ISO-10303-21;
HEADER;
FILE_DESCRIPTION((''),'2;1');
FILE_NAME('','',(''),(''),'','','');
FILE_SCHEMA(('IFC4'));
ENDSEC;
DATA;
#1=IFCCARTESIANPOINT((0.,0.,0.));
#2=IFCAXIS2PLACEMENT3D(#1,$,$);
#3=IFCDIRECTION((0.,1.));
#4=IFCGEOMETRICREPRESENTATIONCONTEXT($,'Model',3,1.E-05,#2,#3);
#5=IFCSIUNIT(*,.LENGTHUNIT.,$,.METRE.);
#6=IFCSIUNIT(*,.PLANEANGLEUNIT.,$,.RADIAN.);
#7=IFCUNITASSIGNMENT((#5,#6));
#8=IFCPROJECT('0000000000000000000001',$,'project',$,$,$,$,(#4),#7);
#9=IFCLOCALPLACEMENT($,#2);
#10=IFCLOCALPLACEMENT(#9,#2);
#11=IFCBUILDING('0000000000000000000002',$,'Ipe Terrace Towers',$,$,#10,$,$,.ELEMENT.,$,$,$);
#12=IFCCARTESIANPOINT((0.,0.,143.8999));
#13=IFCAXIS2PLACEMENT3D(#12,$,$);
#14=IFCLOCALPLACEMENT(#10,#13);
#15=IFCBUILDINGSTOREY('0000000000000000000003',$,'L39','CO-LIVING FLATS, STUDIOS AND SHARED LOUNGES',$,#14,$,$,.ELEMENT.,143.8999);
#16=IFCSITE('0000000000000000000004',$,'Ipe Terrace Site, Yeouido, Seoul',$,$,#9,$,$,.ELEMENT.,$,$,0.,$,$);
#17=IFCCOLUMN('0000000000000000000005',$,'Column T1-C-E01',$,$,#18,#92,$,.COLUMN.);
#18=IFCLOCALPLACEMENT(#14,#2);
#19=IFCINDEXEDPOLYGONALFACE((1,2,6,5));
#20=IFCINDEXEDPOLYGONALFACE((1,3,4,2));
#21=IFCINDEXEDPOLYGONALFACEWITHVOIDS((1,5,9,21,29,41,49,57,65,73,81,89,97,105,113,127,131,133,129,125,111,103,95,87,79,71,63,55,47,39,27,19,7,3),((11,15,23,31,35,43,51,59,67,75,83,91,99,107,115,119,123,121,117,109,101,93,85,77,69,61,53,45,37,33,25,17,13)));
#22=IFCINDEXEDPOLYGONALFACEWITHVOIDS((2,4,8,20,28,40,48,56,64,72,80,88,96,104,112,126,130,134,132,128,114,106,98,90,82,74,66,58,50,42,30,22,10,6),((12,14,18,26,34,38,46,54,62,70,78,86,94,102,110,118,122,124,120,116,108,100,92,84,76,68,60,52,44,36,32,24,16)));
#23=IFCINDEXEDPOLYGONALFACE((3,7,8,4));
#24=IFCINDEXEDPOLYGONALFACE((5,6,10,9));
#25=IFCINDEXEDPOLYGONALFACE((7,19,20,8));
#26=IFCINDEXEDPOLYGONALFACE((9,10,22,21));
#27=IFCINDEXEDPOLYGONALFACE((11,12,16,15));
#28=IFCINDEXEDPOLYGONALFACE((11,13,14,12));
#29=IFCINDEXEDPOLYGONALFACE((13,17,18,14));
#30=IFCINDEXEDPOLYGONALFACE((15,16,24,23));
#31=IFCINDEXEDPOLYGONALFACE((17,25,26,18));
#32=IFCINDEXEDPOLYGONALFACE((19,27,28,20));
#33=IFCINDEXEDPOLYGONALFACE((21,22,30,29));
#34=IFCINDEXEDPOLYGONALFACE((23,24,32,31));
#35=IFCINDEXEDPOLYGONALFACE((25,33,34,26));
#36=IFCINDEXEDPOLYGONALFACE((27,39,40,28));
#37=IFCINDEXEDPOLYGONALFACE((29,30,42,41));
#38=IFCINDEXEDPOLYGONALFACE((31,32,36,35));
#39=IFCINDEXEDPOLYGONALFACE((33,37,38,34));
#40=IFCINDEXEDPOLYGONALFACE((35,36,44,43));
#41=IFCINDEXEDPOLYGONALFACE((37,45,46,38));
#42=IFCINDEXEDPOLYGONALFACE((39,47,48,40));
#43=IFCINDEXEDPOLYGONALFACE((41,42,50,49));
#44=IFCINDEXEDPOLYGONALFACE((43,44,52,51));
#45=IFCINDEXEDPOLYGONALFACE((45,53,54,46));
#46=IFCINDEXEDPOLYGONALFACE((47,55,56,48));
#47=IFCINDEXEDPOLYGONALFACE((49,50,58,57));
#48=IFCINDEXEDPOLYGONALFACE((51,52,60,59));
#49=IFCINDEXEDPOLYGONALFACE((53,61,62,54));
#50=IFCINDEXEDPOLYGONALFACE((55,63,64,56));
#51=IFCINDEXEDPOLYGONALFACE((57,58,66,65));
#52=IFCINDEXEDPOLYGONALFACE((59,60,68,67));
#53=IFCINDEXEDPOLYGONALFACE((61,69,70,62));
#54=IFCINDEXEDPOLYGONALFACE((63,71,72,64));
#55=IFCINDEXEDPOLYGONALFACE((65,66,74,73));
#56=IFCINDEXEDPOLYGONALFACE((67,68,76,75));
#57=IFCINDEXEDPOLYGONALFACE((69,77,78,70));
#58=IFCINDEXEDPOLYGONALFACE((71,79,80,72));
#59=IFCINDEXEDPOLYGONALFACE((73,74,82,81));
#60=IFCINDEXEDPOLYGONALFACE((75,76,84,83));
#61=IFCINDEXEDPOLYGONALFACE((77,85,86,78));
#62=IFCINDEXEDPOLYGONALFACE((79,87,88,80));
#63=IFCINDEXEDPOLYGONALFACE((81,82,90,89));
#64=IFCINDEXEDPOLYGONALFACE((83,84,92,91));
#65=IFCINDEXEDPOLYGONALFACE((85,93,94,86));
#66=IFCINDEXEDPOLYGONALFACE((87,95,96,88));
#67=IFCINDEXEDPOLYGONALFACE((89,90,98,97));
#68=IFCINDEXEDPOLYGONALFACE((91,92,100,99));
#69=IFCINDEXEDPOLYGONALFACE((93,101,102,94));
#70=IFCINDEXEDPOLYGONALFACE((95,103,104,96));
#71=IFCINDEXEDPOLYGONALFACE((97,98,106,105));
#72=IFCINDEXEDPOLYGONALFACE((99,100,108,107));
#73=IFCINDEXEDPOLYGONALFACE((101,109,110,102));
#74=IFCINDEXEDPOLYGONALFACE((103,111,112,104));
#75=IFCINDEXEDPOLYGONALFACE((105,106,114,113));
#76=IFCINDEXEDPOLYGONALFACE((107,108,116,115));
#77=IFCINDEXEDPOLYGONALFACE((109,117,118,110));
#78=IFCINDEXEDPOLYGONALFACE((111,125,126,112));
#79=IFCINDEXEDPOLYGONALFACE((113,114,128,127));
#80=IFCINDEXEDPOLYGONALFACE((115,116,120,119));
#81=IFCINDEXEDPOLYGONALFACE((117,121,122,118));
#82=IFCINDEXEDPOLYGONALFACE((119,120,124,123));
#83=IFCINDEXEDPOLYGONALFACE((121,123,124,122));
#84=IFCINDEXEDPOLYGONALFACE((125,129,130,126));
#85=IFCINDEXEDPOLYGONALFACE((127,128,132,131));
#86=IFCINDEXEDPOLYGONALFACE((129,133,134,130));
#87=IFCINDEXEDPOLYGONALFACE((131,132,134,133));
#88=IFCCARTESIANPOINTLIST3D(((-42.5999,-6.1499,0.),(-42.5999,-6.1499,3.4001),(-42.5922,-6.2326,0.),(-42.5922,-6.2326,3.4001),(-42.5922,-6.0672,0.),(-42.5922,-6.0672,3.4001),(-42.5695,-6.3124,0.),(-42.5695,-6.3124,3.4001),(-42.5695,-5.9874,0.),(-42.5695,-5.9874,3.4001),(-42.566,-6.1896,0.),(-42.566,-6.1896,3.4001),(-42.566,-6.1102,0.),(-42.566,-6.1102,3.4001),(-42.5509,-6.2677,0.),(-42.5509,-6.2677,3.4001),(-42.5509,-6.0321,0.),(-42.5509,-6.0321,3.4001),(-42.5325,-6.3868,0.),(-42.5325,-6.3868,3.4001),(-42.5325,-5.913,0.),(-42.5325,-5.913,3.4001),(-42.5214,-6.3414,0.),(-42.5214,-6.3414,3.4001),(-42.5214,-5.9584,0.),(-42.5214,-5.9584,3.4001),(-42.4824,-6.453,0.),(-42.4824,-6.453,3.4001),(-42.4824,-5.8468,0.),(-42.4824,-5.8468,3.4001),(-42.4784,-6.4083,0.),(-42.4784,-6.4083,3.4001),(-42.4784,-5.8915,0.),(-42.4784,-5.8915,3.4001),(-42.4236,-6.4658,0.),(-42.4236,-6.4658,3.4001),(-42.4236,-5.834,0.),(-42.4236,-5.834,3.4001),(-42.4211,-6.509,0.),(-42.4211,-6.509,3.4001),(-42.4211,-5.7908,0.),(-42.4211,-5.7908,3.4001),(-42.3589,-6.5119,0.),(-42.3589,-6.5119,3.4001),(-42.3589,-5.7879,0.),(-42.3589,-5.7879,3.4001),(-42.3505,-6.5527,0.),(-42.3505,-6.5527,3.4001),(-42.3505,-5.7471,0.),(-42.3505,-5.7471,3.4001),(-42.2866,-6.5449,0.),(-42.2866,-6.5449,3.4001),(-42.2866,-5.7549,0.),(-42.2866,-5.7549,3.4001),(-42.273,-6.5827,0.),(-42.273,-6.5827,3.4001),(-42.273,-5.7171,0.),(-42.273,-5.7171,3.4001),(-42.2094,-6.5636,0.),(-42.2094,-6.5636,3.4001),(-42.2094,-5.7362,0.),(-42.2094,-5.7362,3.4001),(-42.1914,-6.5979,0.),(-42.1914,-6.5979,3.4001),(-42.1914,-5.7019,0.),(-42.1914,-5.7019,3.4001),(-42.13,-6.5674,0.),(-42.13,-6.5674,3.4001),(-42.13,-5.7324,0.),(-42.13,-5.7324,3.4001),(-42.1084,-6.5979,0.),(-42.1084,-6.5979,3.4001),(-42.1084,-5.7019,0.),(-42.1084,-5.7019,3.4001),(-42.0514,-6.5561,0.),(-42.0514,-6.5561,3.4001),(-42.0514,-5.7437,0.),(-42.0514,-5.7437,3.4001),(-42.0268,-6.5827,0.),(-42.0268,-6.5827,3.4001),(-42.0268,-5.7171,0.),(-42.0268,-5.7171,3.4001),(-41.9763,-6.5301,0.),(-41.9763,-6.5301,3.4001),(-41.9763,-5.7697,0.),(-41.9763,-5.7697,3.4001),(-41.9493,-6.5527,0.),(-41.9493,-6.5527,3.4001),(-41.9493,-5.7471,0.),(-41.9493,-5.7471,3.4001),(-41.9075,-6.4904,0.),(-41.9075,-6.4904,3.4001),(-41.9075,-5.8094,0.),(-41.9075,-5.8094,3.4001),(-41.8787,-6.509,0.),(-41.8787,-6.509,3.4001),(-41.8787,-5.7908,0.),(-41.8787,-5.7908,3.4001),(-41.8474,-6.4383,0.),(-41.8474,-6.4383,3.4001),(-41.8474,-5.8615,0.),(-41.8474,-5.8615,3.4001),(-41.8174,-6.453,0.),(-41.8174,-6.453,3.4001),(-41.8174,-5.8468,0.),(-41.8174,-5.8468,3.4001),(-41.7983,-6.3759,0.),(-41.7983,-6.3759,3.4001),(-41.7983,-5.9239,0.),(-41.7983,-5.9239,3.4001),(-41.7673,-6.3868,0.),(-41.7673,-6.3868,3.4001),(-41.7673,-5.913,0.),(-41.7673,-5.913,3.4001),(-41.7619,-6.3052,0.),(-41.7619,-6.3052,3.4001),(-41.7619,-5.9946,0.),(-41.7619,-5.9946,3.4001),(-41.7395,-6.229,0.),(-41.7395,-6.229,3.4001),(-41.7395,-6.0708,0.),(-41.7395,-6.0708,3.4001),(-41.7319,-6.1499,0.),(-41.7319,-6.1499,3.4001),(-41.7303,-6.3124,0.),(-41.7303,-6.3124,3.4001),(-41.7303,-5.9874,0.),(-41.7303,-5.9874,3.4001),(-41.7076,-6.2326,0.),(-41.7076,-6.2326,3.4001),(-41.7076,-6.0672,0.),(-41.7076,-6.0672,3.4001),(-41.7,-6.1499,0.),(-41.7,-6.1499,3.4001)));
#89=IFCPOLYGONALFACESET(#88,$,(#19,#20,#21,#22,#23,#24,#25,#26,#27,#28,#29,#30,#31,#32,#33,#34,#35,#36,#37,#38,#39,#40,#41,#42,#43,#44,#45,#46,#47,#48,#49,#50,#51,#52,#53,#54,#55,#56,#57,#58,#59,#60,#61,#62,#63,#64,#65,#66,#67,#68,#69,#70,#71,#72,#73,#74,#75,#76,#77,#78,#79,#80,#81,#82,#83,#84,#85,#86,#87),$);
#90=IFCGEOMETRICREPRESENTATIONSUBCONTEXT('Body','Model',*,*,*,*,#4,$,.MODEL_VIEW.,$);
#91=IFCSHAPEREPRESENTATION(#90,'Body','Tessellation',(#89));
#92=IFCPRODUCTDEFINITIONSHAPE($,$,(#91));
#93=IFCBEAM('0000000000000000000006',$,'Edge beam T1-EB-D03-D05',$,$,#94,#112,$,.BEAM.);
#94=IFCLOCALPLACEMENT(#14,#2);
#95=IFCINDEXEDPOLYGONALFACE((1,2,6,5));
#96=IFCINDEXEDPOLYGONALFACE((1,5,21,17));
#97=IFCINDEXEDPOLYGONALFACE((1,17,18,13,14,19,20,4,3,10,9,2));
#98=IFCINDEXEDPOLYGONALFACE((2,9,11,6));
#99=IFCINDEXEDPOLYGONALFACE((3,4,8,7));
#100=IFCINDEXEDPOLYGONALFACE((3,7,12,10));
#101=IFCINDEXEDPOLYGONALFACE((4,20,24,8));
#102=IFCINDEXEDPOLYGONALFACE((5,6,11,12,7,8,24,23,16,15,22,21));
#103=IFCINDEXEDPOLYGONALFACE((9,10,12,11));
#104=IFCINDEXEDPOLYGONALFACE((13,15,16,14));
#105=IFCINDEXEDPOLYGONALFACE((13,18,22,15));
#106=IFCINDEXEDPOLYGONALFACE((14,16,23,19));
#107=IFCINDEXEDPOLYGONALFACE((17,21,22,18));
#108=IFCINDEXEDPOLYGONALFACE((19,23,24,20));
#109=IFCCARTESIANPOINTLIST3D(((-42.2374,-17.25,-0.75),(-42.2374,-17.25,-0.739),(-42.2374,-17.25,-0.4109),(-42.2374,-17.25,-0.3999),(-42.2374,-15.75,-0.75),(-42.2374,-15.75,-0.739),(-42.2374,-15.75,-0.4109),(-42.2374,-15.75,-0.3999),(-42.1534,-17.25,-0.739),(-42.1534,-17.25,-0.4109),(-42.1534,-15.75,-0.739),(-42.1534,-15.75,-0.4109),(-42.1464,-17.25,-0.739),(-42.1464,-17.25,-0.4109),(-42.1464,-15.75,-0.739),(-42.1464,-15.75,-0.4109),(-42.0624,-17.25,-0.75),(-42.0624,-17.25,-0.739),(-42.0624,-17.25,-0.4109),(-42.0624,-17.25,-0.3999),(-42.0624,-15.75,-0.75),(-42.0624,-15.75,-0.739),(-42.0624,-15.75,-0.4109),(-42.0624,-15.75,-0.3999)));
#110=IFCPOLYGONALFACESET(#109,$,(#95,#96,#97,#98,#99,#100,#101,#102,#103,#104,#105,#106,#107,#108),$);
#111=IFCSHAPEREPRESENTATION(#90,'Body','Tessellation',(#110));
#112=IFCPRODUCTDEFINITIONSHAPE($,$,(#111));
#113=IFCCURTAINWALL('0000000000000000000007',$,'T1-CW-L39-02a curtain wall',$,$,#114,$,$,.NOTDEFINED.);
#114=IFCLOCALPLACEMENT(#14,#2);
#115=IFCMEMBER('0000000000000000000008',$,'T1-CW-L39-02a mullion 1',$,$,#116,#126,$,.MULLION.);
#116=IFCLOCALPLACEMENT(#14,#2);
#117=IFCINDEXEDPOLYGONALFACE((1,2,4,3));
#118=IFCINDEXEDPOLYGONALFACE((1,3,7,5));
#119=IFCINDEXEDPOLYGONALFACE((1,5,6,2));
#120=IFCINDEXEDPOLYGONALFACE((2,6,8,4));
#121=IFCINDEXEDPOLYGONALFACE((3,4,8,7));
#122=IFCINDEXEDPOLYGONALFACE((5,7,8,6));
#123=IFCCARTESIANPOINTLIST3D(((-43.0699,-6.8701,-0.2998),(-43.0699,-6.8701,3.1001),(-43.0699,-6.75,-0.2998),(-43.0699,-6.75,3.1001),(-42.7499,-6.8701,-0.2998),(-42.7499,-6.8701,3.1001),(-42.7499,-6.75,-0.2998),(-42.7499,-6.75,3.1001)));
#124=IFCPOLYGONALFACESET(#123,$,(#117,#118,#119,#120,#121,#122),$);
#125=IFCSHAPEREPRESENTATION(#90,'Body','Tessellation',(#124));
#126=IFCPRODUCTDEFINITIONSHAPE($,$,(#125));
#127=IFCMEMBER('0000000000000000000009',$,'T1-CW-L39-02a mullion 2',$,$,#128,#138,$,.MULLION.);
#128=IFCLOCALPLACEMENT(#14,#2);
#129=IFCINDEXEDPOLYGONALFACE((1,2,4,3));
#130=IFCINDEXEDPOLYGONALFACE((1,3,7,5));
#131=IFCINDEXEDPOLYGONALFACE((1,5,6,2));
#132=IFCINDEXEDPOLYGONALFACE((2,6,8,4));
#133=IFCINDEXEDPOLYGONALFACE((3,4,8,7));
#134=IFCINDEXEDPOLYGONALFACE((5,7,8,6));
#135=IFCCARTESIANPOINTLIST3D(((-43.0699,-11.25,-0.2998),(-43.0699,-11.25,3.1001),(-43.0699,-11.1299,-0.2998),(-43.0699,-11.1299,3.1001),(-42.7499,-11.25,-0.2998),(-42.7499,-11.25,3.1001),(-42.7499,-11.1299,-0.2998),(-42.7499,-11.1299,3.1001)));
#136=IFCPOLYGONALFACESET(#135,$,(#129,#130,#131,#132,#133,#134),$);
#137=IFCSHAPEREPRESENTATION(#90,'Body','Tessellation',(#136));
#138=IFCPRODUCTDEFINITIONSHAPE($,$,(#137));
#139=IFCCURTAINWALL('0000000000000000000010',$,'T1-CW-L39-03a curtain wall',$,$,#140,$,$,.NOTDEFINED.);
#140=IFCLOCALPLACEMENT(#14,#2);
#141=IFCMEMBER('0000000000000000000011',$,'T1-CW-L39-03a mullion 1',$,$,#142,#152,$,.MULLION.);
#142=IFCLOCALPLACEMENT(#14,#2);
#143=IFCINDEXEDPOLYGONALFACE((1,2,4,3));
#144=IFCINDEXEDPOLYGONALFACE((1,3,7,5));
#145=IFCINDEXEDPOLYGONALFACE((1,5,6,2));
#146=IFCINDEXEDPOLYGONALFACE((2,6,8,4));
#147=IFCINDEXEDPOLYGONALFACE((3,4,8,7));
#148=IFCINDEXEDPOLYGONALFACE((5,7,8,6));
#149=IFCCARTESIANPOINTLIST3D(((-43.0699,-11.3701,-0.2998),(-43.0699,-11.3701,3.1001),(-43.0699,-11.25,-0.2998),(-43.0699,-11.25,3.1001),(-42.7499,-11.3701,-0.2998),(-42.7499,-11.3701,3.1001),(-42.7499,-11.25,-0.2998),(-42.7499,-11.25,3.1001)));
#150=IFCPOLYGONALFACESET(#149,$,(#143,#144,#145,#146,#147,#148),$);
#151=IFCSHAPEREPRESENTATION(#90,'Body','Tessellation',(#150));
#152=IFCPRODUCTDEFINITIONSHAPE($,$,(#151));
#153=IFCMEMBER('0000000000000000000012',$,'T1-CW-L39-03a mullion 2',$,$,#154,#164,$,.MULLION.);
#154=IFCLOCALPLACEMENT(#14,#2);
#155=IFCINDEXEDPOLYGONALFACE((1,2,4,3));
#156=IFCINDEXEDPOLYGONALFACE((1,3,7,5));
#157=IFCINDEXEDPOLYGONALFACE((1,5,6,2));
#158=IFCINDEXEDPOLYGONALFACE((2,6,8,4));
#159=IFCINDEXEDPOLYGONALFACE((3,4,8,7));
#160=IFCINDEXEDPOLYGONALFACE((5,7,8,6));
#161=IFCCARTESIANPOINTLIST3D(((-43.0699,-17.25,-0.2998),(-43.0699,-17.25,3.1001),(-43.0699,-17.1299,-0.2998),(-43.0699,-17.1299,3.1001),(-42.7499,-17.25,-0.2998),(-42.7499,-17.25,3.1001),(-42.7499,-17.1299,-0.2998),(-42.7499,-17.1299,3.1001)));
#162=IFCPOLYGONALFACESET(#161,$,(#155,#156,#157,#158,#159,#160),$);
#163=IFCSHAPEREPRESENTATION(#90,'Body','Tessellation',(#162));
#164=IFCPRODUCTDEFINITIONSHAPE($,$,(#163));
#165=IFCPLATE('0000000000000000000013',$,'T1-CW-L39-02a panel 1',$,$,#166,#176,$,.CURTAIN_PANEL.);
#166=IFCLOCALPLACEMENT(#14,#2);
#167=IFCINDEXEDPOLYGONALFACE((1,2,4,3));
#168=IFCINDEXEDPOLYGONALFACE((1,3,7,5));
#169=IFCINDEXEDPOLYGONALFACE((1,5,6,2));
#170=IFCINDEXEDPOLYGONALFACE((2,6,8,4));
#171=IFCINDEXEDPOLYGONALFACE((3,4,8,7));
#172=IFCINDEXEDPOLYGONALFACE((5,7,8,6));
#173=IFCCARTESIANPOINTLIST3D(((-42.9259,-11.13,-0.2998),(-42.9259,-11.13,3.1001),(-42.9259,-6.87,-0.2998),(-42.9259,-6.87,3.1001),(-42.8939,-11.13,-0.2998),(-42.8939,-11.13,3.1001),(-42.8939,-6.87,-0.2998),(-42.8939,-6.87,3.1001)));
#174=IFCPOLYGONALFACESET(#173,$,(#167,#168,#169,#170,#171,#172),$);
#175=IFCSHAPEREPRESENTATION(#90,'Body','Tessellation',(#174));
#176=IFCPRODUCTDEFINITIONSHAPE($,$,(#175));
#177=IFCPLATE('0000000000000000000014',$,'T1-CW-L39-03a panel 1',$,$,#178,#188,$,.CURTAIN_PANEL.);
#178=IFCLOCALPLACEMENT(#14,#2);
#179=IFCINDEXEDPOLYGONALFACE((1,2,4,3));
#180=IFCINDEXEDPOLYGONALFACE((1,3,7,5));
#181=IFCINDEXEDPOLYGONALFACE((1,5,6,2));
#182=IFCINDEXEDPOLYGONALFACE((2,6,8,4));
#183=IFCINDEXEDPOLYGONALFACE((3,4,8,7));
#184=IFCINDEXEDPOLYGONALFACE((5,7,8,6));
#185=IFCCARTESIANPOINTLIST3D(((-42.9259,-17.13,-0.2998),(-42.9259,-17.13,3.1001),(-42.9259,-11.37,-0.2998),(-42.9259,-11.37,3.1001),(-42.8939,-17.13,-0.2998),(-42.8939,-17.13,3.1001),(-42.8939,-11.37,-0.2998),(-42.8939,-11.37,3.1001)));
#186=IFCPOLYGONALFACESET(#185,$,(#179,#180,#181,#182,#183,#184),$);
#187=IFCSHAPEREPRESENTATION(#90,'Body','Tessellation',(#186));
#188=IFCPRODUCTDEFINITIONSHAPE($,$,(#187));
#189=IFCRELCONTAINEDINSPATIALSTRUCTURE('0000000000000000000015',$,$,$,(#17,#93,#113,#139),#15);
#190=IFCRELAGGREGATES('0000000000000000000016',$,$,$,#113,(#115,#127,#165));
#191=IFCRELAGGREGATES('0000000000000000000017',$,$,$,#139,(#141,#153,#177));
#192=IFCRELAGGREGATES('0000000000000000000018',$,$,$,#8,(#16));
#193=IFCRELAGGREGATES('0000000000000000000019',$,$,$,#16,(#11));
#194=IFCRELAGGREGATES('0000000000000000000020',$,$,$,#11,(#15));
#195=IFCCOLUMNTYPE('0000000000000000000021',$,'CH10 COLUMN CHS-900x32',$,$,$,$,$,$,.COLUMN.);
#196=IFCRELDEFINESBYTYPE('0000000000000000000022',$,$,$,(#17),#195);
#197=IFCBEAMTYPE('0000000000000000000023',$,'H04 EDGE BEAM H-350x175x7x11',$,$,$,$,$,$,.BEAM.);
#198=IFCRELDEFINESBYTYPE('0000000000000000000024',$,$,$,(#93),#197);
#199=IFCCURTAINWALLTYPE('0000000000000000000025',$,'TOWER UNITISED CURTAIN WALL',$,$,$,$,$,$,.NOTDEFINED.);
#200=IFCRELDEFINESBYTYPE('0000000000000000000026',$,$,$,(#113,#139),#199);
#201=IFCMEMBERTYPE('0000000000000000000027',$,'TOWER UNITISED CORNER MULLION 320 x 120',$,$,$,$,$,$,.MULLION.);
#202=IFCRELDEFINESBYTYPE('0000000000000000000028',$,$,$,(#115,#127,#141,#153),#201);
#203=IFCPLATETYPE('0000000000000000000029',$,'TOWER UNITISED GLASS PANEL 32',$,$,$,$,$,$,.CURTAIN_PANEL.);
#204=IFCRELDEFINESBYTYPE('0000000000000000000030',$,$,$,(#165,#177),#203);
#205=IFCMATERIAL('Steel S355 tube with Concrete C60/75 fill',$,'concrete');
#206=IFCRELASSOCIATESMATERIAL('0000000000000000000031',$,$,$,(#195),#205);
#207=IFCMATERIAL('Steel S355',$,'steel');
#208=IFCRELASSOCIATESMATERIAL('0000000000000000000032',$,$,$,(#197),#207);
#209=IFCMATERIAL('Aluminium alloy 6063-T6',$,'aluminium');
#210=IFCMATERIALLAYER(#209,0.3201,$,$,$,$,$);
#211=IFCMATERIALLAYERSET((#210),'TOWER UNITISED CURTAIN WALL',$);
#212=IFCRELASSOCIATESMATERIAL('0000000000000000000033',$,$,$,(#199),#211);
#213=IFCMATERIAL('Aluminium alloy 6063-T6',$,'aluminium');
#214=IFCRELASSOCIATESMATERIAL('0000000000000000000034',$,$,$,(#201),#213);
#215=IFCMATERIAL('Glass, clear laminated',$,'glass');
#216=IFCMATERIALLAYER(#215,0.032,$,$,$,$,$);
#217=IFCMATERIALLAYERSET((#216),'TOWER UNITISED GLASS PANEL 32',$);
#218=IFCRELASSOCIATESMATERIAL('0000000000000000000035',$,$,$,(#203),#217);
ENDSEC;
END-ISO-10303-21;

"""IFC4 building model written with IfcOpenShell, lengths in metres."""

from ifc_helpers import new_model, si_unit, direction, frame, origin, origin_2d, place, context, subcontext, project, spatial, rectangle, hollow_circle, i_section, extrude, material, layer, layer_set, material_profile, profile_set, type_object, element, aggregate, save


model = new_model("IFC4")

# Units and contexts
model_context = context("Model", 3, precision=1e-05, world=origin(), true_north=direction((0.0, 1.0)))
body_context = subcontext(model_context, "Body", "Model", "MODEL_VIEW")
ifc_project = project(units=[si_unit("LENGTHUNIT", "METRE"), si_unit("PLANEANGLEUNIT", "RADIAN")], contexts=[model_context])

# Site, building, storey
site_placement = place(None, origin())
site = spatial("IfcSite", under=ifc_project, at=site_placement, Name="Ipe Terrace Site, Yeouido, Seoul", CompositionType="ELEMENT", RefElevation=0.0)
building_placement = place(site_placement, origin())
building = spatial("IfcBuilding", under=site, at=building_placement, Name="Ipe Terrace Towers", CompositionType="ELEMENT")
storey_placement = place(building_placement, frame((0.0, 0.0, 143.8999)))
storey = spatial("IfcBuildingStorey", under=building, at=storey_placement, Name="L39", Description="CO-LIVING FLATS, STUDIOS AND SHARED LOUNGES", CompositionType="ELEMENT", Elevation=143.8999)

# Column
ifc_material_1 = material(Name="Steel S355 tube with Concrete C60/75 fill", Category="concrete")
ifc_material_profile_1 = material_profile(ifc_material_1, hollow_circle(Radius=0.45, WallThickness=0.032, at=origin_2d()), Name="CHS-900x32")
ifc_profile_set_1 = profile_set([ifc_material_profile_1], Name="Steel S355 tube with Concrete C60/75 fill")
column_type_1 = type_object("IfcColumnType", Name="CH10 COLUMN CHS-900x32", PredefinedType="COLUMN", material=ifc_profile_set_1)
column_placement = place(storey_placement, frame((-42.1499, -6.1499, 0.0), z_axis=(0.0, 0.0, 1.0), x_axis=(1.0, 0.0, 0.0)))
element("IfcColumn", 1, at=column_placement, inside=storey, type_object=column_type_1, Name="Column T1-C-E01", PredefinedType="COLUMN", context=body_context, shape_type="SweptSolid", body=[
    extrude(hollow_circle(Radius=0.45, WallThickness=0.032, at=origin_2d()), origin(), (0.0, 0.0, 1.0), 3.4001),
])

# Beam
ifc_material_2 = material(Name="Steel S355", Category="steel")
ifc_material_profile_2 = material_profile(ifc_material_2, i_section(OverallWidth=0.175, OverallDepth=0.3501, WebThickness=0.0071, FlangeThickness=0.011, at=origin_2d()), Name="H-350x175x7x11")
ifc_profile_set_2 = profile_set([ifc_material_profile_2], Name="Steel S355")
beam_type = type_object("IfcBeamType", Name="H04 EDGE BEAM H-350x175x7x11", PredefinedType="BEAM", material=ifc_profile_set_2)
beam_placement = place(storey_placement, frame((-42.1499, -15.75, -0.575), z_axis=(0.0, -1.0, 0.0), x_axis=(1.0, 0.0, 0.0)))
element("IfcBeam", 2, at=beam_placement, inside=storey, type_object=beam_type, Name="Edge beam T1-EB-D03-D05", PredefinedType="BEAM", context=body_context, shape_type="SweptSolid", body=[
    extrude(i_section(OverallWidth=0.175, OverallDepth=0.3501, WebThickness=0.0071, FlangeThickness=0.011, at=origin_2d()), origin(), (0.0, 0.0, 1.0), 1.5),
])

# Curtain walls, members
ifc_material_3 = material(Name="Aluminium alloy 6063-T6", Category="aluminium")
ifc_layer_1 = layer(ifc_material_3, 0.3201)
ifc_layer_set_1 = layer_set([ifc_layer_1], Name="TOWER UNITISED CURTAIN WALL")
curtain_wall_type = type_object("IfcCurtainWallType", Name="TOWER UNITISED CURTAIN WALL", PredefinedType="NOTDEFINED", material=ifc_layer_set_1)
curtain_wall_1_placement = place(storey_placement, origin())
curtain_wall_1 = element("IfcCurtainWall", 3, at=curtain_wall_1_placement, inside=storey, type_object=curtain_wall_type, Name="T1-CW-L39-02a curtain wall", PredefinedType="NOTDEFINED")
ifc_material_4 = material(Name="Aluminium alloy 6063-T6", Category="aluminium")
ifc_material_profile_3 = material_profile(ifc_material_4, rectangle(XDim=0.3201, YDim=0.1201, at=origin_2d()), Name="TOWER UNITISED CORNER MULLION 320 x 120")
ifc_profile_set_3 = profile_set([ifc_material_profile_3], Name="Aluminium alloy 6063-T6")
member_type = type_object("IfcMemberType", Name="TOWER UNITISED CORNER MULLION 320 x 120", PredefinedType="MULLION", material=ifc_profile_set_3)
member_1_placement = place(storey_placement, frame((-42.9099, -6.8101, -0.2998), z_axis=(0.0, 0.0, 1.0), x_axis=(-1.0, 0.0, 0.0)))
member_1 = element("IfcMember", 4, at=member_1_placement, type_object=member_type, Name="T1-CW-L39-02a mullion 1", PredefinedType="MULLION", context=body_context, shape_type="SweptSolid", body=[
    extrude(rectangle(XDim=0.3201, YDim=0.1201, at=origin_2d()), origin(), (0.0, 0.0, 1.0), 3.3999),
])
member_2_placement = place(storey_placement, frame((-42.9099, -11.1899, -0.2998), z_axis=(0.0, 0.0, 1.0), x_axis=(-1.0, 0.0, 0.0)))
member_2 = element("IfcMember", 5, at=member_2_placement, type_object=member_type, Name="T1-CW-L39-02a mullion 2", PredefinedType="MULLION", context=body_context, shape_type="SweptSolid", body=[
    extrude(rectangle(XDim=0.3201, YDim=0.1201, at=origin_2d()), origin(), (0.0, 0.0, 1.0), 3.3999),
])
curtain_wall_2_placement = place(storey_placement, origin())
curtain_wall_2 = element("IfcCurtainWall", 6, at=curtain_wall_2_placement, inside=storey, type_object=curtain_wall_type, Name="T1-CW-L39-03a curtain wall", PredefinedType="NOTDEFINED")
member_3_placement = place(storey_placement, frame((-42.9099, -11.3101, -0.2998), z_axis=(0.0, 0.0, 1.0), x_axis=(-1.0, 0.0, 0.0)))
member_3 = element("IfcMember", 7, at=member_3_placement, type_object=member_type, Name="T1-CW-L39-03a mullion 1", PredefinedType="MULLION", context=body_context, shape_type="SweptSolid", body=[
    extrude(rectangle(XDim=0.3201, YDim=0.1201, at=origin_2d()), origin(), (0.0, 0.0, 1.0), 3.3999),
])
member_4_placement = place(storey_placement, frame((-42.9099, -17.1899, -0.2998), z_axis=(0.0, 0.0, 1.0), x_axis=(-1.0, 0.0, 0.0)))
member_4 = element("IfcMember", 8, at=member_4_placement, type_object=member_type, Name="T1-CW-L39-03a mullion 2", PredefinedType="MULLION", context=body_context, shape_type="SweptSolid", body=[
    extrude(rectangle(XDim=0.3201, YDim=0.1201, at=origin_2d()), origin(), (0.0, 0.0, 1.0), 3.3999),
])

# Plates
ifc_material_5 = material(Name="Glass, clear laminated", Category="glass")
ifc_layer_2 = layer(ifc_material_5, 0.032)
ifc_layer_set_2 = layer_set([ifc_layer_2], Name="TOWER UNITISED GLASS PANEL 32")
plate_type = type_object("IfcPlateType", Name="TOWER UNITISED GLASS PANEL 32", PredefinedType="CURTAIN_PANEL", material=ifc_layer_set_2)
plate_1_placement = place(storey_placement, frame((-42.9099, -9.0, -0.2998), z_axis=(0.0, 0.0, 1.0), x_axis=(0.0, -1.0, 0.0)))
plate_1 = element("IfcPlate", 9, at=plate_1_placement, type_object=plate_type, Name="T1-CW-L39-02a panel 1", PredefinedType="CURTAIN_PANEL", context=body_context, shape_type="SweptSolid", body=[
    extrude(rectangle(XDim=4.26, YDim=0.032, at=origin_2d()), origin(), (0.0, 0.0, 1.0), 3.3999),
])
aggregate(curtain_wall_1, [member_1, member_2, plate_1])
plate_2_placement = place(storey_placement, frame((-42.9099, -14.25, -0.2998), z_axis=(0.0, 0.0, 1.0), x_axis=(0.0, -1.0, 0.0)))
plate_2 = element("IfcPlate", 10, at=plate_2_placement, type_object=plate_type, Name="T1-CW-L39-03a panel 1", PredefinedType="CURTAIN_PANEL", context=body_context, shape_type="SweptSolid", body=[
    extrude(rectangle(XDim=5.76, YDim=0.032, at=origin_2d()), origin(), (0.0, 0.0, 1.0), 3.3999),
])
aggregate(curtain_wall_2, [member_3, member_4, plate_2])

save(model, "model.ifc")
